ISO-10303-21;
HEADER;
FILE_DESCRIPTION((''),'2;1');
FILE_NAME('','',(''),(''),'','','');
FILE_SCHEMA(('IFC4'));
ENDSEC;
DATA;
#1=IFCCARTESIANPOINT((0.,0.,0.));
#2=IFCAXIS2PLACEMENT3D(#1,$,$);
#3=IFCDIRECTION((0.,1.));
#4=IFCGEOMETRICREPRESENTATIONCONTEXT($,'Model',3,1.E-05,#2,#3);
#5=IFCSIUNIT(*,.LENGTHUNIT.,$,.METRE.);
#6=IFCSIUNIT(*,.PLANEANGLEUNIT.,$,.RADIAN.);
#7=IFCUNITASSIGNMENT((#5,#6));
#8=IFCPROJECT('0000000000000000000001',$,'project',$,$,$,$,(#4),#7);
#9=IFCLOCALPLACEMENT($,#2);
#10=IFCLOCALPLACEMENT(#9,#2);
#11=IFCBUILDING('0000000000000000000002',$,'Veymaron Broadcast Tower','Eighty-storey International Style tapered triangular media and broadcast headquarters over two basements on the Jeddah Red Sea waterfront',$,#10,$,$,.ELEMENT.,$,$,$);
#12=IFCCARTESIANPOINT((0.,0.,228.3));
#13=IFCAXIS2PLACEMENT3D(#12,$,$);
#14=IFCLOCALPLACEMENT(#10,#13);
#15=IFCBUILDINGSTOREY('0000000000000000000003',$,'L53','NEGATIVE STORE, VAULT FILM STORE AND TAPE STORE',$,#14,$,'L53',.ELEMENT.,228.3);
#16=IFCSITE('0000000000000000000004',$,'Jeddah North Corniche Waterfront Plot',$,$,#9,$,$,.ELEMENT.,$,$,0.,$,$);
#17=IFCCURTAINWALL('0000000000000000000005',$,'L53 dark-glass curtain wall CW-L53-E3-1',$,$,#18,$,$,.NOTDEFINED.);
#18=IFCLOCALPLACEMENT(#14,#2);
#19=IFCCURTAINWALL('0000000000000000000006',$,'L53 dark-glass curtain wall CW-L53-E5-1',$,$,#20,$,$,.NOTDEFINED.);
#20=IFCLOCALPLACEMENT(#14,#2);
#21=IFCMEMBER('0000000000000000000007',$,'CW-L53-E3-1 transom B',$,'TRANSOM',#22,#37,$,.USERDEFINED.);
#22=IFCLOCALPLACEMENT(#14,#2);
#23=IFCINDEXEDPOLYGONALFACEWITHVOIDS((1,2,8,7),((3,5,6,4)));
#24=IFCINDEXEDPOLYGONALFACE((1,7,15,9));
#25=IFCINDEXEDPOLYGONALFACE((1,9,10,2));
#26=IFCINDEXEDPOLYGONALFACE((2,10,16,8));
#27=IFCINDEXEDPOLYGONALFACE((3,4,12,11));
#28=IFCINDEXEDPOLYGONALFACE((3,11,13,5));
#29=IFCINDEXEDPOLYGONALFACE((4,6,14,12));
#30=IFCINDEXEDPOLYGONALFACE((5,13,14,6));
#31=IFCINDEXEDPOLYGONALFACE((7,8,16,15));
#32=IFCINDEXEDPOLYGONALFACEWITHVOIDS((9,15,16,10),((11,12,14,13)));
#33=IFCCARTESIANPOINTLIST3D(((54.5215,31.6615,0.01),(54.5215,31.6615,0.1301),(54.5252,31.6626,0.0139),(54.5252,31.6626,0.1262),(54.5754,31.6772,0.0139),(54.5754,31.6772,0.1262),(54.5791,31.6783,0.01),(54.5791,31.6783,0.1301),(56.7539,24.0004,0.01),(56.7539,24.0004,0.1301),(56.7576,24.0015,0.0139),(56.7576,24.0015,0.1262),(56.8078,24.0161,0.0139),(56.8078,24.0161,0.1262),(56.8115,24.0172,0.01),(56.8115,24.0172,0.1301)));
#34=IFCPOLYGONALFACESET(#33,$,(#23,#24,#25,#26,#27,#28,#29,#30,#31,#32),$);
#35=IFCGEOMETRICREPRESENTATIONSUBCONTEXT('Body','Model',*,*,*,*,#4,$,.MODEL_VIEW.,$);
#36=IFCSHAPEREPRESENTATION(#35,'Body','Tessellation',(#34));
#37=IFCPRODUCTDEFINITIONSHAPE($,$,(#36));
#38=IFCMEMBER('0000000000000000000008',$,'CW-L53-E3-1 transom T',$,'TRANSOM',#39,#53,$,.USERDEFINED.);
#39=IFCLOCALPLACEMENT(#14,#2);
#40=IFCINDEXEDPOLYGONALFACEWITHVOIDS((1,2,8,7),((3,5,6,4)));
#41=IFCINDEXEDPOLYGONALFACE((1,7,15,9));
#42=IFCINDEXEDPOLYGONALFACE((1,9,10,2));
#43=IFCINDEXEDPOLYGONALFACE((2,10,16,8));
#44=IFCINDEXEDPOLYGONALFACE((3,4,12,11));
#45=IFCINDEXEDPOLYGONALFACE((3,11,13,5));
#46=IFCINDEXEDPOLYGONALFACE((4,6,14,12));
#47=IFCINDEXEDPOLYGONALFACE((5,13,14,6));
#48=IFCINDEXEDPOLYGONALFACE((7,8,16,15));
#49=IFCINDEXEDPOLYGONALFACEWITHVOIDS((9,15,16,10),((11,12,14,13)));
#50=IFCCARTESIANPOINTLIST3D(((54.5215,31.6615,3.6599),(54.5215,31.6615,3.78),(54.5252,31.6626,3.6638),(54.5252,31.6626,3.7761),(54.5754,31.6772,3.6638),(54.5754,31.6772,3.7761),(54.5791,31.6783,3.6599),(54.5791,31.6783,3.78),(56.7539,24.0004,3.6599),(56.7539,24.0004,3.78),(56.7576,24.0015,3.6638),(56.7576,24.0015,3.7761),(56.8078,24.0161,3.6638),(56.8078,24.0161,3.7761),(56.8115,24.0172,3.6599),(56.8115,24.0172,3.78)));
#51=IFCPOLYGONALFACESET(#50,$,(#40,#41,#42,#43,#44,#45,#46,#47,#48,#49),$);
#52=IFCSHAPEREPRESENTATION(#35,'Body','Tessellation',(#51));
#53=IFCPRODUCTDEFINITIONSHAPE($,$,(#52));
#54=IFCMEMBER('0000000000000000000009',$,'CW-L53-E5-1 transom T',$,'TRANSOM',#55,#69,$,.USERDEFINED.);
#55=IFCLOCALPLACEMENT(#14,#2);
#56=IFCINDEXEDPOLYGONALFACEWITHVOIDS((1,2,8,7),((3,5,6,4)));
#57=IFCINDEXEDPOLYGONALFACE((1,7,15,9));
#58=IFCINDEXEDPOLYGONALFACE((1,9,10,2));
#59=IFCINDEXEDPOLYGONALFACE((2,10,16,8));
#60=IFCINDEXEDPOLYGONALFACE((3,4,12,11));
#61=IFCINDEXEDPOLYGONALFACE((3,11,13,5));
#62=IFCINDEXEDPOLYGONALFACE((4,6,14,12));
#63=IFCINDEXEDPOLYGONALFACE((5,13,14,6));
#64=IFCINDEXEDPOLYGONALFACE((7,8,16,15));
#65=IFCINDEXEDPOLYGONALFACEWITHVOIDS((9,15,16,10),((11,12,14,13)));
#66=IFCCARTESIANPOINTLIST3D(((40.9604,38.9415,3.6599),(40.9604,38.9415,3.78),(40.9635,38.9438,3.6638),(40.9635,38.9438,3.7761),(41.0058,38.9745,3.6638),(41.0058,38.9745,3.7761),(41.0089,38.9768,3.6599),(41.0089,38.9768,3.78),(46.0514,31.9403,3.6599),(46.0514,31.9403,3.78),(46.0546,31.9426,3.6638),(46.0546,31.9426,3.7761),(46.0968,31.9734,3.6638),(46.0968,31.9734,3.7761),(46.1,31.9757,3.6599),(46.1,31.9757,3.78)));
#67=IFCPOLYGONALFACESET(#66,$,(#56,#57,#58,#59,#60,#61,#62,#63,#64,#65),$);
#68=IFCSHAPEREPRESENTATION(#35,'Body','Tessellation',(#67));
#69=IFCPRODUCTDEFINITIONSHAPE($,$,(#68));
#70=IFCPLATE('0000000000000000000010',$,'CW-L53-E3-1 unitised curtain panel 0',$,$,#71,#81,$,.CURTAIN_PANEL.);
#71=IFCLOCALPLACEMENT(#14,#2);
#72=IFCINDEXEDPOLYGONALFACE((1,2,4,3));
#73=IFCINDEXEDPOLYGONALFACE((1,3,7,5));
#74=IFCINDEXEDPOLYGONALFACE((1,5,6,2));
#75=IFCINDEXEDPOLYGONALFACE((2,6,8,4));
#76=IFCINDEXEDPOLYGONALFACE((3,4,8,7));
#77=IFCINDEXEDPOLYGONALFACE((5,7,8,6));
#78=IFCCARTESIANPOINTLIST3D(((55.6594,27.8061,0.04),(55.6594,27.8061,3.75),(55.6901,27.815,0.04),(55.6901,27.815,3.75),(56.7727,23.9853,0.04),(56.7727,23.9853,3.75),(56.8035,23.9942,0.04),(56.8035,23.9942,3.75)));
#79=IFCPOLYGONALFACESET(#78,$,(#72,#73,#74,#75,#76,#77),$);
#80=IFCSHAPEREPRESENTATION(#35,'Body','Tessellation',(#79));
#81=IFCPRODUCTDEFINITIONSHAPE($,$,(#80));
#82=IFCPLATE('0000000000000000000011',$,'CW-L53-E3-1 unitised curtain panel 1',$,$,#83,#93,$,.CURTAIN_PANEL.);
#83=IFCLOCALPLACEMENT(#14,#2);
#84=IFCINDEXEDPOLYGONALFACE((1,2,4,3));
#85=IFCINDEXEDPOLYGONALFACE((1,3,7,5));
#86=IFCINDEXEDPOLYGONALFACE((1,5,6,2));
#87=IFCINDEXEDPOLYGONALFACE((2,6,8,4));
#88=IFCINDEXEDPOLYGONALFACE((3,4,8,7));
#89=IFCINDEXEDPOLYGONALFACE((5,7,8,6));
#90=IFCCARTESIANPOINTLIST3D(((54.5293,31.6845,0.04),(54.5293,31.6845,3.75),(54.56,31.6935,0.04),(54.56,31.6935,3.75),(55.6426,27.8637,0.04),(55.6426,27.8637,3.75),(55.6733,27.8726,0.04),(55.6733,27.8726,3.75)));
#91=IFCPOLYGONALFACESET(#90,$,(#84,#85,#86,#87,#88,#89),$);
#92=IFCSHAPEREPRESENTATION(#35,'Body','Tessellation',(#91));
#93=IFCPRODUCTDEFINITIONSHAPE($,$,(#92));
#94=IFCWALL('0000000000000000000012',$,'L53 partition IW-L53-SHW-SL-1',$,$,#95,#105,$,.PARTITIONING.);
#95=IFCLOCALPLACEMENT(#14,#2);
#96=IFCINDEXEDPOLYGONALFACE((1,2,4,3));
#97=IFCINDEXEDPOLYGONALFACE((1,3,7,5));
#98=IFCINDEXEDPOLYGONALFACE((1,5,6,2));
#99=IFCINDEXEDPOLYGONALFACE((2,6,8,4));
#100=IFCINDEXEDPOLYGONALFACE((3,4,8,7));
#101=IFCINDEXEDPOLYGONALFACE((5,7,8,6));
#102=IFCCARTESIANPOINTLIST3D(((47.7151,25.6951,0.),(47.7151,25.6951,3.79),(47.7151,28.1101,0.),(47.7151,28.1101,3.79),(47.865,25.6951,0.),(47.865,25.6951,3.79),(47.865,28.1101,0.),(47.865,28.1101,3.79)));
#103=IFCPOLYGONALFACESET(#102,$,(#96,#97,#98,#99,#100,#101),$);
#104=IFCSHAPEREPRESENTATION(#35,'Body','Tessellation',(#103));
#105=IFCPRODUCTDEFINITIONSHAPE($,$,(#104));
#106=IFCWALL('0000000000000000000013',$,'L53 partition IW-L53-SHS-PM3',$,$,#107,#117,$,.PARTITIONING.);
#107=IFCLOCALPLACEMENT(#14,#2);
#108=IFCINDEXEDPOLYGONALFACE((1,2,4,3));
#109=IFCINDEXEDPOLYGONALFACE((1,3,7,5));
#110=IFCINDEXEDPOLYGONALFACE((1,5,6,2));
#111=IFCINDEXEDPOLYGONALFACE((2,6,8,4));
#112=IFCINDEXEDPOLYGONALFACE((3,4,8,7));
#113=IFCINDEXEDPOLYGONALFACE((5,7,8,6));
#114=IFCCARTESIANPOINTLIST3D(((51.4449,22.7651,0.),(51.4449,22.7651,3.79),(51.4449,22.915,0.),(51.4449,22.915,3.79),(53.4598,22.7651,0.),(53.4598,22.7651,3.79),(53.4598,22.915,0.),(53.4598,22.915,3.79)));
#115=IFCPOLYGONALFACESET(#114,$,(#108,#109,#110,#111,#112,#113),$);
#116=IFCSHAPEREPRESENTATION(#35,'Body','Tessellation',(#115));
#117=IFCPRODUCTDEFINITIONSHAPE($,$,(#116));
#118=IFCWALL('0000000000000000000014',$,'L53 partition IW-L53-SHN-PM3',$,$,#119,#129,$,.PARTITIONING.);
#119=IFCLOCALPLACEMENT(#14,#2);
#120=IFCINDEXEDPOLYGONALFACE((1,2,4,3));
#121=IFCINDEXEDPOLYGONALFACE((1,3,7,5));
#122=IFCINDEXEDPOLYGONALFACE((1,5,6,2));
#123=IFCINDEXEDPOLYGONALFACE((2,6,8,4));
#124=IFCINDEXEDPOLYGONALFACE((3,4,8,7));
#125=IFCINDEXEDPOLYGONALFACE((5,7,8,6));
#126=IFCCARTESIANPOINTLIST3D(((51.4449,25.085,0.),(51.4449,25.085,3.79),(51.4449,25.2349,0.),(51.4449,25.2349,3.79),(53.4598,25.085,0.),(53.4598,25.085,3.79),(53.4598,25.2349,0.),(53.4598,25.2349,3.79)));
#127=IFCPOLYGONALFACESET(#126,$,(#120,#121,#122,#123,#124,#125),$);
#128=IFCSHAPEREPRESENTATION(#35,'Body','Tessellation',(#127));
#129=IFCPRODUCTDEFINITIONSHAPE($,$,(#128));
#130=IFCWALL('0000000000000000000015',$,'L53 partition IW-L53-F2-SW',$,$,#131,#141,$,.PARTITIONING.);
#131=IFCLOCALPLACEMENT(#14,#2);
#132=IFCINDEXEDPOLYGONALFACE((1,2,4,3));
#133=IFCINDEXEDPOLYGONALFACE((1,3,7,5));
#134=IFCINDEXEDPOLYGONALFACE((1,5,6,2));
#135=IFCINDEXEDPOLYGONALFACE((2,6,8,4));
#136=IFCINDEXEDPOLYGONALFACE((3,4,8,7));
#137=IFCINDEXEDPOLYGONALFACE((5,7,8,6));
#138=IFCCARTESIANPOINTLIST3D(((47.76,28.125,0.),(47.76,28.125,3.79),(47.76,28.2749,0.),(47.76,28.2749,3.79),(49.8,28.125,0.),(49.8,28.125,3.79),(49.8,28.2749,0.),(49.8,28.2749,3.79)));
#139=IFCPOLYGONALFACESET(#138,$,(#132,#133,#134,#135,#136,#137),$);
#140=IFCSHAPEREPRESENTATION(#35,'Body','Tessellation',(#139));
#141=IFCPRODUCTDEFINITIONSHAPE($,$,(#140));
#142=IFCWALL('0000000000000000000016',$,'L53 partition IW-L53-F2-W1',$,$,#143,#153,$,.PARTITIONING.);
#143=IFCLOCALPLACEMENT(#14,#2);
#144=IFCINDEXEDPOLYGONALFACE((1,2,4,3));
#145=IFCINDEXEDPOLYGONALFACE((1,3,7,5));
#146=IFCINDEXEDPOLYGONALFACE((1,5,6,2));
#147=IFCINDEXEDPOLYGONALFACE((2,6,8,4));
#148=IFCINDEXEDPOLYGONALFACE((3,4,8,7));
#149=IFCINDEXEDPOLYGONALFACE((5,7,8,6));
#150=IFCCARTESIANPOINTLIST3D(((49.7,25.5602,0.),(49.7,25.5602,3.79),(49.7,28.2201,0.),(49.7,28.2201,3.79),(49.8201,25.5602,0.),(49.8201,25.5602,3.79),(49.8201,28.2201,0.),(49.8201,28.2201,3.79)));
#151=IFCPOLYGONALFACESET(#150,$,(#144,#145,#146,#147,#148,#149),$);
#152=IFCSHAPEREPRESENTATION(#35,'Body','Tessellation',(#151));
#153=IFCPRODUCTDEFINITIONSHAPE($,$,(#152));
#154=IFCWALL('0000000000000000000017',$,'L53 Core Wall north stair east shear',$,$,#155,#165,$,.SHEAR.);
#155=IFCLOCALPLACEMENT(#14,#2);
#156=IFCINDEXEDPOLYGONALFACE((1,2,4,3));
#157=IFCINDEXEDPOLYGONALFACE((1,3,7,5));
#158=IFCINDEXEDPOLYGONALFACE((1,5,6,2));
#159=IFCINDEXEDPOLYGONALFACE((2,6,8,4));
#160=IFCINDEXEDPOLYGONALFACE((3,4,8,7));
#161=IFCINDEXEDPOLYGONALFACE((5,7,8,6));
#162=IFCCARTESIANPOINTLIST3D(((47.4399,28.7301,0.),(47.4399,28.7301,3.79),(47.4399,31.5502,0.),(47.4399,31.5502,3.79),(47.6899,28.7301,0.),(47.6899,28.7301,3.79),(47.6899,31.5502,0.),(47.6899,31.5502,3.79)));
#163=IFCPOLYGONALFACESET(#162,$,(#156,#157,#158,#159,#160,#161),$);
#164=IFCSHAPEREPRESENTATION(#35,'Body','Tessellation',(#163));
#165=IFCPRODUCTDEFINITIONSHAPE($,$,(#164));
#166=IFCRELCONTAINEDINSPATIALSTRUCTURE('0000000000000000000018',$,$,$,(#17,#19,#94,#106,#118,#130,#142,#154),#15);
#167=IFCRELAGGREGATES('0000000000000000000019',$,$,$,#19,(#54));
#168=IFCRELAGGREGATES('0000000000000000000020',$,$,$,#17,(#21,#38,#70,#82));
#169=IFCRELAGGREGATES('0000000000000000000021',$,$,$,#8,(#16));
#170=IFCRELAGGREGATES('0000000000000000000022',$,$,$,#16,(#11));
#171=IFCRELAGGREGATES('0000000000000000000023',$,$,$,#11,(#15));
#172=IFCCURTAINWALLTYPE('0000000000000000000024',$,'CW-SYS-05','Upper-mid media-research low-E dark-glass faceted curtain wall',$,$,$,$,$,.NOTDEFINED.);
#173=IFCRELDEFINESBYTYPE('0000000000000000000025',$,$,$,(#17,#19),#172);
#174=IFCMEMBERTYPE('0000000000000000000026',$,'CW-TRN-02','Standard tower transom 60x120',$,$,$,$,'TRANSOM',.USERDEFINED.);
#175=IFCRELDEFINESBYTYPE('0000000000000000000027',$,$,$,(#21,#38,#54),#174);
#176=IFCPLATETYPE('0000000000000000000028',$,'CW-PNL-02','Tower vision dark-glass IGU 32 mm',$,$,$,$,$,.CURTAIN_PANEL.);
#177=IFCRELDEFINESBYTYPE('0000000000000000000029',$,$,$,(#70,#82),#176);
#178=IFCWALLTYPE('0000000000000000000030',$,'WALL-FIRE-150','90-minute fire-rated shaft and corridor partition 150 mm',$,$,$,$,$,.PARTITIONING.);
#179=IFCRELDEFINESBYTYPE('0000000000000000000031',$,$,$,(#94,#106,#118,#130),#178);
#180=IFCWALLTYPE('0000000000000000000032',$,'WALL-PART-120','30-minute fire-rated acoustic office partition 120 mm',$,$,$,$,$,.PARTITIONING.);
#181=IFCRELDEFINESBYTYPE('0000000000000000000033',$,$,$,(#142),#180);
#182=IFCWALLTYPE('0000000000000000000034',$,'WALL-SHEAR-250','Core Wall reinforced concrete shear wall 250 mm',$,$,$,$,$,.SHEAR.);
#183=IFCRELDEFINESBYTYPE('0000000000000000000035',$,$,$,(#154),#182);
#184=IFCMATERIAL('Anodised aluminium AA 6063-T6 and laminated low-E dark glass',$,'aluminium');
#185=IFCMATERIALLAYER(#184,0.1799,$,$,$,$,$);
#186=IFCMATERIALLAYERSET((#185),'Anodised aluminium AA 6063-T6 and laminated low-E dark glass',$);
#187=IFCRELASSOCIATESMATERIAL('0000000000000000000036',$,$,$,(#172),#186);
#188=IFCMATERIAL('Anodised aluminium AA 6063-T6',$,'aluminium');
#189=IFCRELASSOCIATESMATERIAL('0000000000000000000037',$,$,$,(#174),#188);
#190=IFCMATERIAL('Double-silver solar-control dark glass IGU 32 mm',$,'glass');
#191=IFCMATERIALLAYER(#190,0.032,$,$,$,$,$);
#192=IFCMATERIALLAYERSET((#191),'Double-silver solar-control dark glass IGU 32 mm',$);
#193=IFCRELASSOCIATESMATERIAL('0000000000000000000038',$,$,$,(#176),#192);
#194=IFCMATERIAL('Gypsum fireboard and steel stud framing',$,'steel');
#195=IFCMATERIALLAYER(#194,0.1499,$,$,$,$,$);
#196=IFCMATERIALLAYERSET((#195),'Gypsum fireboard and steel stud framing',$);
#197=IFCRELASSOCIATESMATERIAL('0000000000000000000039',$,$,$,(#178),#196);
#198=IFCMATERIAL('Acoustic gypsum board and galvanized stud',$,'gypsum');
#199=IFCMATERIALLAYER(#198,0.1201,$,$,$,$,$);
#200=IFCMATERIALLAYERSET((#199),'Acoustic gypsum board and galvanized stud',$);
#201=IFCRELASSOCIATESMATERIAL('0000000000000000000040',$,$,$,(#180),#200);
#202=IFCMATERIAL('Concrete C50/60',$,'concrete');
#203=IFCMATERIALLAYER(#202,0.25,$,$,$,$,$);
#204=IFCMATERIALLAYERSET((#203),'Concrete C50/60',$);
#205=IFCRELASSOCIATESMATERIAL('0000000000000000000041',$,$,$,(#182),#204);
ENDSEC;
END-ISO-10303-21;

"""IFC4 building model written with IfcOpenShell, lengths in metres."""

from ifc_helpers import new_model, si_unit, direction, frame, frame_2d, origin, origin_2d, place, context, subcontext, project, spatial, rectangle, hollow_rectangle, extrude, material, layer, layer_set, material_profile, profile_set, type_object, element, aggregate, save


model = new_model("IFC4")

# Units and contexts
model_context = context("Model", 3, precision=1e-05, world=origin(), true_north=direction((0.0, 1.0)))
body_context = subcontext(model_context, "Body", "Model", "MODEL_VIEW")
ifc_project = project(units=[si_unit("LENGTHUNIT", "METRE"), si_unit("PLANEANGLEUNIT", "RADIAN")], contexts=[model_context])

# Site, building, storey
site_placement = place(None, origin())
site = spatial("IfcSite", under=ifc_project, at=site_placement, Name="Jeddah North Corniche Waterfront Plot", CompositionType="ELEMENT", RefElevation=0.0)
building_placement = place(site_placement, origin())
building = spatial("IfcBuilding", under=site, at=building_placement, Name="Veymaron Broadcast Tower", Description="Eighty-storey International Style tapered triangular media and broadcast headquarters over two basements on the Jeddah Red Sea waterfront", CompositionType="ELEMENT")
storey_placement = place(building_placement, frame((0.0, 0.0, 228.3)))
storey = spatial("IfcBuildingStorey", under=building, at=storey_placement, Name="L53", Description="NEGATIVE STORE, VAULT FILM STORE AND TAPE STORE", LongName="L53", CompositionType="ELEMENT", Elevation=228.3)

# Shared definitions
ifc_material_1 = material(Name="Anodised aluminium AA 6063-T6 and laminated low-E dark glass", Category="aluminium")
ifc_layer_1 = layer(ifc_material_1, 0.1799)
ifc_layer_set_1 = layer_set([ifc_layer_1], Name="Anodised aluminium AA 6063-T6 and laminated low-E dark glass")
curtain_wall_type = type_object("IfcCurtainWallType", Name="CW-SYS-05", Description="Upper-mid media-research low-E dark-glass faceted curtain wall", PredefinedType="NOTDEFINED", material=ifc_layer_set_1)
ifc_material_2 = material(Name="Anodised aluminium AA 6063-T6", Category="aluminium")

# Curtain wall
curtain_wall_1_placement = place(storey_placement, origin())
curtain_wall_1 = element("IfcCurtainWall", 1, at=curtain_wall_1_placement, inside=storey, type_object=curtain_wall_type, Name="L53 dark-glass curtain wall CW-L53-E3-1", PredefinedType="NOTDEFINED")

# Curtain wall
curtain_wall_2_placement = place(storey_placement, origin())
curtain_wall_2 = element("IfcCurtainWall", 2, at=curtain_wall_2_placement, inside=storey, type_object=curtain_wall_type, Name="L53 dark-glass curtain wall CW-L53-E5-1", PredefinedType="NOTDEFINED")

# Members
ifc_material_profile_1 = material_profile(ifc_material_2, hollow_rectangle(XDim=0.0601, YDim=0.1201, WallThickness=0.0039, at=origin_2d()), Name="AL120X60X4")
ifc_profile_set_1 = profile_set([ifc_material_profile_1], Name="Anodised aluminium AA 6063-T6")
member_type_1 = type_object("IfcMemberType", Name="CW-TRN-02", Description="Standard tower transom 60x120", ElementType="TRANSOM", PredefinedType="USERDEFINED", material=ifc_profile_set_1)
member_1_placement = place(storey_placement, frame((56.7827, 24.0088, 0.0701), z_axis=(-0.27976, 0.96007, 0.0), x_axis=(-0.96007, -0.27976, 0.0)))
member_1 = element("IfcMember", 3, at=member_1_placement, type_object=member_type_1, Name="CW-L53-E3-1 transom B", ObjectType="TRANSOM", PredefinedType="USERDEFINED", context=body_context, shape_type="SweptSolid", body=[
    extrude(hollow_rectangle(XDim=0.0601, YDim=0.1201, WallThickness=0.0039, at=origin_2d()), origin(), (0.0, 0.0, 1.0), 7.9797),
])
member_2_placement = place(storey_placement, frame((56.7827, 24.0088, 3.72), z_axis=(-0.27976, 0.96007, 0.0), x_axis=(-0.96007, -0.27976, 0.0)))
member_2 = element("IfcMember", 4, at=member_2_placement, type_object=member_type_1, Name="CW-L53-E3-1 transom T", ObjectType="TRANSOM", PredefinedType="USERDEFINED", context=body_context, shape_type="SweptSolid", body=[
    extrude(hollow_rectangle(XDim=0.0601, YDim=0.1201, WallThickness=0.0039, at=origin_2d()), origin(), (0.0, 0.0, 1.0), 7.9797),
])
member_3_placement = place(storey_placement, frame((46.0757, 31.958, 3.72), z_axis=(-0.588116, 0.808776, 0.0), x_axis=(-0.808776, -0.588116, 0.0)))
member_3 = element("IfcMember", 5, at=member_3_placement, type_object=member_type_1, Name="CW-L53-E5-1 transom T", ObjectType="TRANSOM", PredefinedType="USERDEFINED", context=body_context, shape_type="SweptSolid", body=[
    extrude(hollow_rectangle(XDim=0.0601, YDim=0.1201, WallThickness=0.0039, at=origin_2d()), origin(), (0.0, 0.0, 1.0), 8.6565),
])
aggregate(curtain_wall_2, [member_3])

# Plates
ifc_material_3 = material(Name="Double-silver solar-control dark glass IGU 32 mm", Category="glass")
ifc_layer_2 = layer(ifc_material_3, 0.032)
ifc_layer_set_2 = layer_set([ifc_layer_2], Name="Double-silver solar-control dark glass IGU 32 mm")
plate_type = type_object("IfcPlateType", Name="CW-PNL-02", Description="Tower vision dark-glass IGU 32 mm", PredefinedType="CURTAIN_PANEL", material=ifc_layer_set_2)
plate_1_placement = place(storey_placement, frame((56.2314, 25.9001, 0.04), z_axis=(0.0, 0.0, 1.0), x_axis=(-0.279745, 0.960074, 0.0)))
plate_1 = element("IfcPlate", 6, at=plate_1_placement, type_object=plate_type, Name="CW-L53-E3-1 unitised curtain panel 0", PredefinedType="CURTAIN_PANEL", context=body_context, shape_type="SweptSolid", body=[
    extrude(rectangle(XDim=3.9797, YDim=0.032, at=origin_2d()), origin(), (0.0, 0.0, 1.0), 3.71),
])
plate_2_placement = place(storey_placement, frame((55.1013, 29.7786, 0.04), z_axis=(0.0, 0.0, 1.0), x_axis=(-0.279745, 0.960074, 0.0)))
plate_2 = element("IfcPlate", 7, at=plate_2_placement, type_object=plate_type, Name="CW-L53-E3-1 unitised curtain panel 1", PredefinedType="CURTAIN_PANEL", context=body_context, shape_type="SweptSolid", body=[
    extrude(rectangle(XDim=3.9797, YDim=0.032, at=origin_2d()), origin(), (0.0, 0.0, 1.0), 3.71),
])
aggregate(curtain_wall_1, [member_1, member_2, plate_1, plate_2])

# Shared definitions
ifc_material_4 = material(Name="Gypsum fireboard and steel stud framing", Category="steel")
ifc_layer_3 = layer(ifc_material_4, 0.1499)
ifc_layer_set_3 = layer_set([ifc_layer_3], Name="Gypsum fireboard and steel stud framing")
wall_type_1 = type_object("IfcWallType", Name="WALL-FIRE-150", Description="90-minute fire-rated shaft and corridor partition 150 mm", PredefinedType="PARTITIONING", material=ifc_layer_set_3)

# Wall
wall_1_placement = place(storey_placement, frame((47.79, 25.6951, 0.0), z_axis=(0.0, 0.0, 1.0), x_axis=(0.0, 1.0, 0.0)))
element("IfcWall", 8, at=wall_1_placement, inside=storey, type_object=wall_type_1, Name="L53 partition IW-L53-SHW-SL-1", PredefinedType="PARTITIONING", context=body_context, shape_type="SweptSolid", body=[
    extrude(rectangle(XDim=2.415, YDim=0.1499, at=frame_2d((1.2075, 0.0))), origin(), (0.0, 0.0, 1.0), 3.79),
])

# Walls
for number, where, z_axis, x_axis, name in (
    (9, (51.4451, 22.8401, 0.0), (0.0, 0.0, 1.0), (1.0, 0.0, 0.0), "L53 partition IW-L53-SHS-PM3"),
    (10, (51.4451, 25.1599, 0.0), (0.0, 0.0, 1.0), (1.0, 0.0, 0.0), "L53 partition IW-L53-SHN-PM3"),
):
    element("IfcWall", number, at=place(storey_placement, frame(where, z_axis=z_axis, x_axis=x_axis)), inside=storey, type_object=wall_type_1, Name=name, PredefinedType="PARTITIONING", context=body_context, shape_type="SweptSolid", body=[
        extrude(rectangle(XDim=2.0149, YDim=0.1499, at=frame_2d((1.0073, 0.0))), origin(), (0.0, 0.0, 1.0), 3.79),
    ])
wall_2_placement = place(storey_placement, frame((47.76, 28.2, 0.0), z_axis=(0.0, 0.0, 1.0), x_axis=(1.0, 0.0, 0.0)))
element("IfcWall", 11, at=wall_2_placement, inside=storey, type_object=wall_type_1, Name="L53 partition IW-L53-F2-SW", PredefinedType="PARTITIONING", context=body_context, shape_type="SweptSolid", body=[
    extrude(rectangle(XDim=2.04, YDim=0.1499, at=frame_2d((1.02, 0.0))), origin(), (0.0, 0.0, 1.0), 3.79),
])
ifc_material_5 = material(Name="Acoustic gypsum board and galvanized stud", Category="gypsum")
ifc_layer_4 = layer(ifc_material_5, 0.1201)
ifc_layer_set_4 = layer_set([ifc_layer_4], Name="Acoustic gypsum board and galvanized stud")
wall_type_2 = type_object("IfcWallType", Name="WALL-PART-120", Description="30-minute fire-rated acoustic office partition 120 mm", PredefinedType="PARTITIONING", material=ifc_layer_set_4)
wall_3_placement = place(storey_placement, frame((49.76, 25.5601, 0.0), z_axis=(0.0, 0.0, 1.0), x_axis=(0.0, 1.0, 0.0)))
element("IfcWall", 12, at=wall_3_placement, inside=storey, type_object=wall_type_2, Name="L53 partition IW-L53-F2-W1", PredefinedType="PARTITIONING", context=body_context, shape_type="SweptSolid", body=[
    extrude(rectangle(XDim=2.6599, YDim=0.1201, at=frame_2d((1.3301, 0.0))), origin(), (0.0, 0.0, 1.0), 3.79),
])

# Wall
ifc_material_6 = material(Name="Concrete C50/60", Category="concrete")
ifc_layer_5 = layer(ifc_material_6, 0.25)
ifc_layer_set_5 = layer_set([ifc_layer_5], Name="Concrete C50/60")
wall_type_3 = type_object("IfcWallType", Name="WALL-SHEAR-250", Description="Core Wall reinforced concrete shear wall 250 mm", PredefinedType="SHEAR", material=ifc_layer_set_5)
wall_4_placement = place(storey_placement, frame((47.5649, 28.73, 0.0), z_axis=(0.0, 0.0, 1.0), x_axis=(0.0, 1.0, 0.0)))
element("IfcWall", 13, at=wall_4_placement, inside=storey, type_object=wall_type_3, Name="L53 Core Wall north stair east shear", PredefinedType="SHEAR", context=body_context, shape_type="SweptSolid", body=[
    extrude(rectangle(XDim=2.8201, YDim=0.25, at=frame_2d((1.4102, 0.0))), origin(), (0.0, 0.0, 1.0), 3.79),
])

save(model, "model.ifc")
